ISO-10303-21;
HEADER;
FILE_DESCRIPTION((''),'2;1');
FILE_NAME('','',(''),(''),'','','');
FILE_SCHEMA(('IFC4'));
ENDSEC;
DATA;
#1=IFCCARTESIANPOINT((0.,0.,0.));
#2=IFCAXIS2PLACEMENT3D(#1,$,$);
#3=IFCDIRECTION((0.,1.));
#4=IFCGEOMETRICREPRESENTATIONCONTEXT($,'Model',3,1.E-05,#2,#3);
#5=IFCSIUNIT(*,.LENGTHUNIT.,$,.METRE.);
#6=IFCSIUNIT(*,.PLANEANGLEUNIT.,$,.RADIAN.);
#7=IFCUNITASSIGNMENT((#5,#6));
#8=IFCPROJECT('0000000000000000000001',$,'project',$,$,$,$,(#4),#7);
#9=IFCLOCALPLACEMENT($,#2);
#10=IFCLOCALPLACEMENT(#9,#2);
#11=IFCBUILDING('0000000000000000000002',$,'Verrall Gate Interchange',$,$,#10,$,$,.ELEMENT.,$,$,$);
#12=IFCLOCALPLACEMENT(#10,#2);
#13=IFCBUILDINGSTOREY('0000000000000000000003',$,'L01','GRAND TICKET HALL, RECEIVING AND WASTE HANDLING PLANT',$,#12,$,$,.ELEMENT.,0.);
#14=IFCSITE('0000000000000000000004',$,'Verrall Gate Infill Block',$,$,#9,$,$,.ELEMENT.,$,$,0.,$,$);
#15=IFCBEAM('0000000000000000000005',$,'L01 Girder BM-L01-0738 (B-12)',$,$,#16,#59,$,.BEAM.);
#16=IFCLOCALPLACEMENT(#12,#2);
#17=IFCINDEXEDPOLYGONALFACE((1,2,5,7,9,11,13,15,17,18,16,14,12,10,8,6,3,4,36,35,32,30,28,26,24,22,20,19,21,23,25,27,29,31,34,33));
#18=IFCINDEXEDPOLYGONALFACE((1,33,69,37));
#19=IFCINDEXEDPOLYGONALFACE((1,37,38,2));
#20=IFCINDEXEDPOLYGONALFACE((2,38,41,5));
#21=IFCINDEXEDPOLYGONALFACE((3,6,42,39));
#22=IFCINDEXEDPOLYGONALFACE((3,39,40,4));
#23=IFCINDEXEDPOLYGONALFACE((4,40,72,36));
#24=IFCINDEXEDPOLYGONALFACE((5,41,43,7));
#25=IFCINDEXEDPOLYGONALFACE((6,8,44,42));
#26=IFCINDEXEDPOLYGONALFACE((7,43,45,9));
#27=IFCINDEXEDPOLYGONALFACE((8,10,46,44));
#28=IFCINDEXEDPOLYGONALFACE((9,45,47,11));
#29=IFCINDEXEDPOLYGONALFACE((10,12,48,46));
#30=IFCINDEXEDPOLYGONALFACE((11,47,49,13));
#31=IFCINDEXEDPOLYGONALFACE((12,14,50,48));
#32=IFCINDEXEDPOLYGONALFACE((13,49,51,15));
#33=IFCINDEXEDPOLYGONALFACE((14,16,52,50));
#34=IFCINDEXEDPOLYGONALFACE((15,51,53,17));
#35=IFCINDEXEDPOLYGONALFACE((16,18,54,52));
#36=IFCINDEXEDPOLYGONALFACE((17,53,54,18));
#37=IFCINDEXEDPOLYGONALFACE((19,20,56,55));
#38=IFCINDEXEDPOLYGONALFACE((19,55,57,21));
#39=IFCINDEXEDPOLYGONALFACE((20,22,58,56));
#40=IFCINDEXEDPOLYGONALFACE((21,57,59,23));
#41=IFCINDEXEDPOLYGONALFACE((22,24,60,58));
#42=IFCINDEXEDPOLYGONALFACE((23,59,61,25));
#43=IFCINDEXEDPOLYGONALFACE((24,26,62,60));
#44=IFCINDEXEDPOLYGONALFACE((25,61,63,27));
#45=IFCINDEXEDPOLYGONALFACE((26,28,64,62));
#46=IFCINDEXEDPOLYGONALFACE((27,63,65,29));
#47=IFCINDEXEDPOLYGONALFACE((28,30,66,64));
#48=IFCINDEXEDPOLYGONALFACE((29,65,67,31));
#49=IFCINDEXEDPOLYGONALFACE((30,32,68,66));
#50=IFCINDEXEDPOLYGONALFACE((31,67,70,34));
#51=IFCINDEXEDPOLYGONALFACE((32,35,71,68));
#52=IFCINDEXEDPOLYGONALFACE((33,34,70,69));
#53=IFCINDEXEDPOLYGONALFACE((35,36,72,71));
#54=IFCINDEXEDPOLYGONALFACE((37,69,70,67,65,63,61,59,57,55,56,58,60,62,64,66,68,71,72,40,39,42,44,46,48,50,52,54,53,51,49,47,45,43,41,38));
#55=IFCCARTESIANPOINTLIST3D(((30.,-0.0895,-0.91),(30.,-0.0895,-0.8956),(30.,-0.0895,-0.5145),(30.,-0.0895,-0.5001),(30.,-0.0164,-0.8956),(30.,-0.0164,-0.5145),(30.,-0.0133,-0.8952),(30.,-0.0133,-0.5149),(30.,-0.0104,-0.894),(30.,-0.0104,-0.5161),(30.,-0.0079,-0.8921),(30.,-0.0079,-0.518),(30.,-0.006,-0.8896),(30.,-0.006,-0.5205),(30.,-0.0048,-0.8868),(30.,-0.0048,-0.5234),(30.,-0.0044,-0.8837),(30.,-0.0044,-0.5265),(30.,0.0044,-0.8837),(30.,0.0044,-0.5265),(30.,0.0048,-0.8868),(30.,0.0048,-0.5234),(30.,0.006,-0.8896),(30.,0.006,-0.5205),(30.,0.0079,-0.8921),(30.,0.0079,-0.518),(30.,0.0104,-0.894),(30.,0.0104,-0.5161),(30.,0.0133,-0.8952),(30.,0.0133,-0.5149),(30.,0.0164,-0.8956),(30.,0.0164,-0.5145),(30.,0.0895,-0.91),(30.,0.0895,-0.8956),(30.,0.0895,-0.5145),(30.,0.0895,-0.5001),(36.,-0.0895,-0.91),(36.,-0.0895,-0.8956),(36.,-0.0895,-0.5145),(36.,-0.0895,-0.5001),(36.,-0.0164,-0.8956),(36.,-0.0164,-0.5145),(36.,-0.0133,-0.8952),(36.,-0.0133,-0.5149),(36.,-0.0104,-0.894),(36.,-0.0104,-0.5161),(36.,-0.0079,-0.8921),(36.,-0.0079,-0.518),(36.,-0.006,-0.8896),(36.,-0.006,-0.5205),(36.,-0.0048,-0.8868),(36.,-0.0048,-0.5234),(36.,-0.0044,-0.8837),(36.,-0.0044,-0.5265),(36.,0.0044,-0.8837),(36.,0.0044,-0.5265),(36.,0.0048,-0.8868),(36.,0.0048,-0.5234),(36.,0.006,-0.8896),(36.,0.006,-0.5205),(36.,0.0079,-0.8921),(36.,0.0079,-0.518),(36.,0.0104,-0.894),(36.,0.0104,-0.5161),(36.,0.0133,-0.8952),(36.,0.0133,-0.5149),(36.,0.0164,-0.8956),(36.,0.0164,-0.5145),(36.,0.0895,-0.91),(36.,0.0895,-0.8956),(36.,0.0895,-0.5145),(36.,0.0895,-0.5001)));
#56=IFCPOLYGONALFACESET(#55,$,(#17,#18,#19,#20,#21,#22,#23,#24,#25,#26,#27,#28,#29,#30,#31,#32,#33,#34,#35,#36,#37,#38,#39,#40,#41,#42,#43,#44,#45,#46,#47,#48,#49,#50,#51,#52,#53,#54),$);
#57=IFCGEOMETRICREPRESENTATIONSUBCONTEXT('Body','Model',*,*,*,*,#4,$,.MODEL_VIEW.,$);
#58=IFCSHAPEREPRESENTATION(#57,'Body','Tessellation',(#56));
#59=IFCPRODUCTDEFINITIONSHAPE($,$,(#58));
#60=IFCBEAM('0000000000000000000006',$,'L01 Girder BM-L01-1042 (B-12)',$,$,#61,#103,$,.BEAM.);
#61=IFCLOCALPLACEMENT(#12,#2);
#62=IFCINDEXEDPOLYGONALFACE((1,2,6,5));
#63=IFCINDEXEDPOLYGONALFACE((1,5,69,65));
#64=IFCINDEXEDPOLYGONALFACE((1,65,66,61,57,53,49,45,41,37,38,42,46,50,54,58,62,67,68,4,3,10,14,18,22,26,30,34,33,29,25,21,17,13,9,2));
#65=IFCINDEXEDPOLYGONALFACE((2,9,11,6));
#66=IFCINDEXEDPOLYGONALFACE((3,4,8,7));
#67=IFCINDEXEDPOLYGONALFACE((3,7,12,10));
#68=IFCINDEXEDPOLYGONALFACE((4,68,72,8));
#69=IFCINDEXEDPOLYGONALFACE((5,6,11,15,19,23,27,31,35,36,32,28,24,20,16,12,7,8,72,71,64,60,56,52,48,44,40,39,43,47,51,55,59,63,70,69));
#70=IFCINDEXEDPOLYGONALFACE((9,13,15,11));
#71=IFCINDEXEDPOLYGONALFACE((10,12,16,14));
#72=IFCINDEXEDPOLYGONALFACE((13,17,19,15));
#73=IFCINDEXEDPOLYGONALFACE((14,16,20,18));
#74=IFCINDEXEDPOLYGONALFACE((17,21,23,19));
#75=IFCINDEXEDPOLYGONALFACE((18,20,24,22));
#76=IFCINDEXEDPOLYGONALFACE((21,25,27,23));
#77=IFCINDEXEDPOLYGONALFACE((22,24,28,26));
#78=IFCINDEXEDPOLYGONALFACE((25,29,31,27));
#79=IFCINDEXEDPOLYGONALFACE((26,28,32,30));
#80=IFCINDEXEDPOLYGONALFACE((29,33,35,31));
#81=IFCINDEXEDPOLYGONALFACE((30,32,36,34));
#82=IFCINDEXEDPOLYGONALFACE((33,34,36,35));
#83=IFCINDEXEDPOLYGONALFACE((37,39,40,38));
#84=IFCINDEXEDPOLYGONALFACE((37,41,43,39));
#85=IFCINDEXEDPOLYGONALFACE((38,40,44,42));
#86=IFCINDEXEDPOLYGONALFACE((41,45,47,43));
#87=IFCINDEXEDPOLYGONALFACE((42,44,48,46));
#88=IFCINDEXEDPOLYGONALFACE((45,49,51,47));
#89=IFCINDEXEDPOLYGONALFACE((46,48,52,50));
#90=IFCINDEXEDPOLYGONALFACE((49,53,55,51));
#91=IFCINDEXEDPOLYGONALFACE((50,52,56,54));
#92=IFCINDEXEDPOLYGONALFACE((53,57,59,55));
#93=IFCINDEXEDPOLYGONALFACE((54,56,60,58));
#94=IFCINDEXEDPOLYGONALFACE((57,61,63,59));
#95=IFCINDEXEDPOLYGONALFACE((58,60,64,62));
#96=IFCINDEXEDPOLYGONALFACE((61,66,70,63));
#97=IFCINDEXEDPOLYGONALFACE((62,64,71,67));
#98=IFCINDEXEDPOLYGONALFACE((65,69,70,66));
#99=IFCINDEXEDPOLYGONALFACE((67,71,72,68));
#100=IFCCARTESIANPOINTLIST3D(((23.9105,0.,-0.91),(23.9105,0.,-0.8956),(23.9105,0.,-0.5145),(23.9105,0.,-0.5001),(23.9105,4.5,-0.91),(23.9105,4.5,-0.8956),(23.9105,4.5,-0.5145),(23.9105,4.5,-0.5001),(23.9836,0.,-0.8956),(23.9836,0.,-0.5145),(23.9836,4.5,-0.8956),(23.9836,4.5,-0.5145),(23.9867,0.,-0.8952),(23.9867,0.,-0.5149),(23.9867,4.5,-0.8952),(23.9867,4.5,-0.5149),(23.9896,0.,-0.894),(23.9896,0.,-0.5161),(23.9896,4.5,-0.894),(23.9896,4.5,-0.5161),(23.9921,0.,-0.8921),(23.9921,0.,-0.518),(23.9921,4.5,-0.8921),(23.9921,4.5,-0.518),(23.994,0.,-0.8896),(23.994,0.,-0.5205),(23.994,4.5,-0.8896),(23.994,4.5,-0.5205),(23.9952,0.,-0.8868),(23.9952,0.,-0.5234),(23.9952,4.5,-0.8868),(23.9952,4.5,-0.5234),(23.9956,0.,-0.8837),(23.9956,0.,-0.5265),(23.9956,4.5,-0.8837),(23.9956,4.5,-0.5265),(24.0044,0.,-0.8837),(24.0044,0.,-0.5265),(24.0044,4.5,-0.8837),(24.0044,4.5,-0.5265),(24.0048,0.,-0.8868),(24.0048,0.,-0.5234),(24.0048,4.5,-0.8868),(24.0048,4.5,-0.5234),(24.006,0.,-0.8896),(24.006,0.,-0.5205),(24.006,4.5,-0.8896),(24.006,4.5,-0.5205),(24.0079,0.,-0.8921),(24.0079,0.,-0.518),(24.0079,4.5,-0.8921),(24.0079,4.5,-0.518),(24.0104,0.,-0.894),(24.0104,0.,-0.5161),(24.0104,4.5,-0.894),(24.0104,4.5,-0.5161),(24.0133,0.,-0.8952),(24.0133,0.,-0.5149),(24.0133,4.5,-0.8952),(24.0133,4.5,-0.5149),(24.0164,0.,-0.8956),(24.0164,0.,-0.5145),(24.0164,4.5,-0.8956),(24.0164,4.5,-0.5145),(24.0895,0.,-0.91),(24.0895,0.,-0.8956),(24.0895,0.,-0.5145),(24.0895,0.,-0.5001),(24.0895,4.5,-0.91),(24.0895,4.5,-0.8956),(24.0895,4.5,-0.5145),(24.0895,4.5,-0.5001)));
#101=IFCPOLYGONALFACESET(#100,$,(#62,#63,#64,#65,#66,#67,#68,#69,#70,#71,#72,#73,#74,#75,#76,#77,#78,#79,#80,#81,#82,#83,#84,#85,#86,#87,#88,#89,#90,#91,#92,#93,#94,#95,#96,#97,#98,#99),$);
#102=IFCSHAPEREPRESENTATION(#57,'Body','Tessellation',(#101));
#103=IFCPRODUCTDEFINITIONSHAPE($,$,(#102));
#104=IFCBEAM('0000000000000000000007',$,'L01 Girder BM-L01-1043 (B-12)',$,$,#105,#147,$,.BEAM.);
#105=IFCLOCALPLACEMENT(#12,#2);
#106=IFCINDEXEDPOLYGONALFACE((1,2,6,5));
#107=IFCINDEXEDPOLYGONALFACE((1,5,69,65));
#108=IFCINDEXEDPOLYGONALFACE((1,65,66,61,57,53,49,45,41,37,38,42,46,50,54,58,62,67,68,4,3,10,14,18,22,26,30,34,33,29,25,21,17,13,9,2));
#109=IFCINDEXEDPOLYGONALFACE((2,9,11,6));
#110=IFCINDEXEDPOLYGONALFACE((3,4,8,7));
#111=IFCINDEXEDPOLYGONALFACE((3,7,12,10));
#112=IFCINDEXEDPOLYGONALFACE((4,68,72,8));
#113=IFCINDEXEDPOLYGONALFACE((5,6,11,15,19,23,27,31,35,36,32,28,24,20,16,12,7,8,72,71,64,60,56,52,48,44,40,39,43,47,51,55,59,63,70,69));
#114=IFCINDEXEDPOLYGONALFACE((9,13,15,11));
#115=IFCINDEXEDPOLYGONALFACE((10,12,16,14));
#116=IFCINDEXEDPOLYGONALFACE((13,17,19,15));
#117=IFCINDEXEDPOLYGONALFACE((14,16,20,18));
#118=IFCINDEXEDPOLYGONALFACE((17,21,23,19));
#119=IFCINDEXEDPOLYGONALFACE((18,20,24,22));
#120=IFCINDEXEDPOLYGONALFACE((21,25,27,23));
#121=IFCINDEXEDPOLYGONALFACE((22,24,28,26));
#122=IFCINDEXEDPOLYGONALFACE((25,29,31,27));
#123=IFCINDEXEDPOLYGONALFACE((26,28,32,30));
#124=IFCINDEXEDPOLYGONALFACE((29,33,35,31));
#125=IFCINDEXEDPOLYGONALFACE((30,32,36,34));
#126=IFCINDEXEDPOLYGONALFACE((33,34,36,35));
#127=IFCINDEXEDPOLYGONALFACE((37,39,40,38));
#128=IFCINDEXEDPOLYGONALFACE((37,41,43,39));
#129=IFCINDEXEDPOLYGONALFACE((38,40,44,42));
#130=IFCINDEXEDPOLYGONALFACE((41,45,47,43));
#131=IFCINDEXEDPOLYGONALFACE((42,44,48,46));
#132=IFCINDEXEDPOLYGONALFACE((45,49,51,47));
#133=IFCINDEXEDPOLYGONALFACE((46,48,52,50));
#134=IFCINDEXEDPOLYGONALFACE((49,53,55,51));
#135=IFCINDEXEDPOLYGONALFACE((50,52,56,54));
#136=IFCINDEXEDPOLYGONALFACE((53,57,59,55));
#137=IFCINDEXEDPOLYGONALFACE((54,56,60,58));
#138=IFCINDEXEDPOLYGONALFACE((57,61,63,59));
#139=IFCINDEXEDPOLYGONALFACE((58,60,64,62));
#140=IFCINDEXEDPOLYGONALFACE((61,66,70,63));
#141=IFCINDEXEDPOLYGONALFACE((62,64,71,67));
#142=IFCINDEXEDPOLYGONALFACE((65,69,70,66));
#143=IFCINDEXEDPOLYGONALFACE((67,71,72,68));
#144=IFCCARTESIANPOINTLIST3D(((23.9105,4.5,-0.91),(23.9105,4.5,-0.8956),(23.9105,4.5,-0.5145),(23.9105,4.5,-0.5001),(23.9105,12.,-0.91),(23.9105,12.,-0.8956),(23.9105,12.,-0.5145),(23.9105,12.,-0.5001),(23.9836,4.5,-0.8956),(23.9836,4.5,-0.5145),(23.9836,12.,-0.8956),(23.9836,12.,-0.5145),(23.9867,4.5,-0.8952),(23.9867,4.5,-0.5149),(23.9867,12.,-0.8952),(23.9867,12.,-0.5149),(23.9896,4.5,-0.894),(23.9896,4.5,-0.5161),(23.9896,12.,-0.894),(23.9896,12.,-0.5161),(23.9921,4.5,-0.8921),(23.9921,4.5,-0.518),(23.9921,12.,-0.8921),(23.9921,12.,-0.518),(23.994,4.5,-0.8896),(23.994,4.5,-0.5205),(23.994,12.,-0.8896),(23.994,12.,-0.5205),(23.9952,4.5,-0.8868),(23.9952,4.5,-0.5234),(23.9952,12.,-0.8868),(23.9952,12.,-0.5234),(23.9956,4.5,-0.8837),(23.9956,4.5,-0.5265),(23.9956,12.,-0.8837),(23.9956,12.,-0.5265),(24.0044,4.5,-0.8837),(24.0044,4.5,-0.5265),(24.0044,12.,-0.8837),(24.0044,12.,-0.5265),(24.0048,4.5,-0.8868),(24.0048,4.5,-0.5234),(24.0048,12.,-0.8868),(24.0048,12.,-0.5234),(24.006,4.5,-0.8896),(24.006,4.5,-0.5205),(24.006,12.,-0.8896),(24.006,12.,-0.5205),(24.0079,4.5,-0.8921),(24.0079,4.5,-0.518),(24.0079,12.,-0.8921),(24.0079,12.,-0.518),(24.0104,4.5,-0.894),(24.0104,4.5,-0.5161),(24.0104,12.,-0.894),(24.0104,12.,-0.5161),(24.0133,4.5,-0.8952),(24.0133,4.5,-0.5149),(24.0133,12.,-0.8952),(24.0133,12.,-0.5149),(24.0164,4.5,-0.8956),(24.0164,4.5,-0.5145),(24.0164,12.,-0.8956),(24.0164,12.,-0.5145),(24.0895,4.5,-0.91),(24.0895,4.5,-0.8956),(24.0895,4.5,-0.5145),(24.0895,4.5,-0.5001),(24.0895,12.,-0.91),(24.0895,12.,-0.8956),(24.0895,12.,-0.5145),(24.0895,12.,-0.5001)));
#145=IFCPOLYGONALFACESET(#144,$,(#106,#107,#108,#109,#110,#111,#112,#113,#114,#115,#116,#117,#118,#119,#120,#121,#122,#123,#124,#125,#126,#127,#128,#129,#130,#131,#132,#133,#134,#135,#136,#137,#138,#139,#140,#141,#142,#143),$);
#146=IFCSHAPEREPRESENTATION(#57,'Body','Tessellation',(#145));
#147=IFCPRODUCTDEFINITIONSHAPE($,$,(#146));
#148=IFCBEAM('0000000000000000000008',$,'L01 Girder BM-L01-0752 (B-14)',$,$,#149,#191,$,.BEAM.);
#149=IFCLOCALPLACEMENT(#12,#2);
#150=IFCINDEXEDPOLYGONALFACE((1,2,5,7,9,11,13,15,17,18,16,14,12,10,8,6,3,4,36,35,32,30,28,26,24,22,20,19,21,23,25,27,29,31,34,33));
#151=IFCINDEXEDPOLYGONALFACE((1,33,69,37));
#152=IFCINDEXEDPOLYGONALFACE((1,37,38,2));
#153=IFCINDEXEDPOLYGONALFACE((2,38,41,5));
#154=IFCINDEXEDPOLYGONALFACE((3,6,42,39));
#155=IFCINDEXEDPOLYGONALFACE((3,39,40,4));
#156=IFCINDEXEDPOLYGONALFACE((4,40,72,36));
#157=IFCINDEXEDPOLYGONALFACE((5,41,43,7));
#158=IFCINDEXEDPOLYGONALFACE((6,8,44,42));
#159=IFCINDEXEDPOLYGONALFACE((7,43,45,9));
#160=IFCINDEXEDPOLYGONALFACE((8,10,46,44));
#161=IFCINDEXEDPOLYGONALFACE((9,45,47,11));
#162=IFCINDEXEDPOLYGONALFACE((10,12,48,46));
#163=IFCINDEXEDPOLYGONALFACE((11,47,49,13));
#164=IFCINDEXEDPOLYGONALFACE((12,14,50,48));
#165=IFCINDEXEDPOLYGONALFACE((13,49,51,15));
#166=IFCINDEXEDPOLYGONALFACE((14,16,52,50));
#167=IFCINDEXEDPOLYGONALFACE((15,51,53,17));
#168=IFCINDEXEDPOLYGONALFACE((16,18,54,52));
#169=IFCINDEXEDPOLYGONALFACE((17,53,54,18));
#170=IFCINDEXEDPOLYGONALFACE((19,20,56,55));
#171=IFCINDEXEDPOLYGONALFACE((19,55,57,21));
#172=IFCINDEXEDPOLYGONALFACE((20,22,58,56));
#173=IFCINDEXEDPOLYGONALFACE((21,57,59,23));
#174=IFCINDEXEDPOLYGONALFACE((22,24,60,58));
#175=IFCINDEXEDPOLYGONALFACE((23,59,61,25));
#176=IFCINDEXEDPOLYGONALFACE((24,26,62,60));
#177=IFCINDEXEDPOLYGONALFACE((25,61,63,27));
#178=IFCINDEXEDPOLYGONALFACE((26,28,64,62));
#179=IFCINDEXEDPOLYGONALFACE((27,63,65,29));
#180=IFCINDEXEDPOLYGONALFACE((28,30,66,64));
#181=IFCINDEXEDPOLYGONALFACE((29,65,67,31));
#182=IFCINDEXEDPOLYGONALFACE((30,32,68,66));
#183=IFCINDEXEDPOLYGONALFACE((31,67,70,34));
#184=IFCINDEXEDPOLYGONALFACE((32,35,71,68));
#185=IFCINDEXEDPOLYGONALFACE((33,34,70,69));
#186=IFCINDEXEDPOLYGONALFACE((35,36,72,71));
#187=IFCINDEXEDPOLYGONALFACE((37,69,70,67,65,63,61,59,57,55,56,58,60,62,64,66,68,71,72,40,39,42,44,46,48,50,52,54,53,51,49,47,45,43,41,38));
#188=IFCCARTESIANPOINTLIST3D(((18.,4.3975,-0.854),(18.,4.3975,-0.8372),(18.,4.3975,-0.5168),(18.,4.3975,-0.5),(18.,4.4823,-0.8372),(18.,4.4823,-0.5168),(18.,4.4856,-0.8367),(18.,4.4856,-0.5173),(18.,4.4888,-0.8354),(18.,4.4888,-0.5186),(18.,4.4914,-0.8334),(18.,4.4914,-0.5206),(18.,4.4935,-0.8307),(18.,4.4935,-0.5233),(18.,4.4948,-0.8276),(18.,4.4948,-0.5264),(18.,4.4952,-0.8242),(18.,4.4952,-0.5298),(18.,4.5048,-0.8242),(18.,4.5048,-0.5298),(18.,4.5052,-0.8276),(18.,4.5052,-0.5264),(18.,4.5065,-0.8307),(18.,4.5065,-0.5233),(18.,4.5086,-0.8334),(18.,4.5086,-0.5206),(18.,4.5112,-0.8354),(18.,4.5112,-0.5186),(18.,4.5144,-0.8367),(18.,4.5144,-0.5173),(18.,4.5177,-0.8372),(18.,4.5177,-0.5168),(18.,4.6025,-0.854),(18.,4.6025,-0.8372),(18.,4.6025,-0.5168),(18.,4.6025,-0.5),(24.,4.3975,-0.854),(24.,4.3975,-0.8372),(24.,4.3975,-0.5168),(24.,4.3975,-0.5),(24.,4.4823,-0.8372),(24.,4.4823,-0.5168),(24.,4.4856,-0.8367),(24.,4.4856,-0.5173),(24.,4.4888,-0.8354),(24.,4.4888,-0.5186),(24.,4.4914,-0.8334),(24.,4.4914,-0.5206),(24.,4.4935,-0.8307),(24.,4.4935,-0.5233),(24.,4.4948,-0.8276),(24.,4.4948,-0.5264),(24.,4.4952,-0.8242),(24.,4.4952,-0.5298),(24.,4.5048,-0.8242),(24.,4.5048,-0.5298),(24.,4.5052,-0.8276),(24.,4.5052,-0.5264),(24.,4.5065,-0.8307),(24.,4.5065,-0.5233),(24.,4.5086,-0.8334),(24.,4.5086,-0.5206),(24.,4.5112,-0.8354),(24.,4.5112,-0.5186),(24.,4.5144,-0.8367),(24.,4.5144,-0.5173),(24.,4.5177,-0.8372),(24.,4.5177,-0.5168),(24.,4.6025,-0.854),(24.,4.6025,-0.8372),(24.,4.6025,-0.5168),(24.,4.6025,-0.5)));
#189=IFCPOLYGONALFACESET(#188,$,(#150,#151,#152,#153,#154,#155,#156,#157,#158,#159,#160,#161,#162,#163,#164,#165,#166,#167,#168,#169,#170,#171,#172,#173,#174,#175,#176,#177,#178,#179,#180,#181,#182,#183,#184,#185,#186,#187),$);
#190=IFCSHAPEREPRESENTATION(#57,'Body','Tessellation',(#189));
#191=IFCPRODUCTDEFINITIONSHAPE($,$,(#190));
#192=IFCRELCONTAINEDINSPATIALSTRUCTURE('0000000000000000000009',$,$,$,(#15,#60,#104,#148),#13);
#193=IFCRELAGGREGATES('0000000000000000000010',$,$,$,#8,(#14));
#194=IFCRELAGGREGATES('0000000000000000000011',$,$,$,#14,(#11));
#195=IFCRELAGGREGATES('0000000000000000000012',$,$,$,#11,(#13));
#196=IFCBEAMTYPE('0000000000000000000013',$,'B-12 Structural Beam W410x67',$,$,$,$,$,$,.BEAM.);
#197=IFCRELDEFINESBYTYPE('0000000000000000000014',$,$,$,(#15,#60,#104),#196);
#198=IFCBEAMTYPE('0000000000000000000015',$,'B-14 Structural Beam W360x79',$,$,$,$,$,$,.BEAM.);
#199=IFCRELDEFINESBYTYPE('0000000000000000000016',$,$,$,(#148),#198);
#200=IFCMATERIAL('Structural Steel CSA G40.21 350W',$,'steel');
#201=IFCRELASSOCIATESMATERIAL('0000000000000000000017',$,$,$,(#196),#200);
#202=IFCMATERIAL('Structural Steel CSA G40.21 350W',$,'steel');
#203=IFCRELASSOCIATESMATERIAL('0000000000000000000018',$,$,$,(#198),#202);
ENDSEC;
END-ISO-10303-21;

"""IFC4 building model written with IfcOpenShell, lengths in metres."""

from ifc_helpers import new_model, si_unit, direction, frame, origin, origin_2d, place, context, subcontext, project, spatial, i_section, extrude, material, material_profile, profile_set, type_object, element, save


model = new_model("IFC4")

# Units and contexts
model_context = context("Model", 3, precision=1e-05, world=origin(), true_north=direction((0.0, 1.0)))
body_context = subcontext(model_context, "Body", "Model", "MODEL_VIEW")
ifc_project = project(units=[si_unit("LENGTHUNIT", "METRE"), si_unit("PLANEANGLEUNIT", "RADIAN")], contexts=[model_context])

# Site, building, storey
site_placement = place(None, origin())
site = spatial("IfcSite", under=ifc_project, at=site_placement, Name="Verrall Gate Infill Block", CompositionType="ELEMENT", RefElevation=0.0)
building_placement = place(site_placement, origin())
building = spatial("IfcBuilding", under=site, at=building_placement, Name="Verrall Gate Interchange", CompositionType="ELEMENT")
storey_placement = place(building_placement, origin())
storey = spatial("IfcBuildingStorey", under=building, at=storey_placement, Name="L01", Description="GRAND TICKET HALL, RECEIVING AND WASTE HANDLING PLANT", CompositionType="ELEMENT", Elevation=0.0)

# Beams
ifc_material_1 = material(Name="Structural Steel CSA G40.21 350W", Category="steel")
ifc_material_profile_1 = material_profile(ifc_material_1, i_section(OverallWidth=0.179, OverallDepth=0.4099, WebThickness=0.0088, FlangeThickness=0.0144, FilletRadius=0.012, at=origin_2d()), Name="W410x67")
ifc_profile_set_1 = profile_set([ifc_material_profile_1], Name="Structural Steel CSA G40.21 350W")
beam_type_1 = type_object("IfcBeamType", Name="B-12 Structural Beam W410x67", PredefinedType="BEAM", material=ifc_profile_set_1)
for number, where, z_axis, x_axis, name in (
    (1, (30.0, 0.0, -0.7051), (1.0, 0.0, 0.0), (0.0, 1.0, 0.0), "L01 Girder BM-L01-0738 (B-12)"),
):
    element("IfcBeam", number, at=place(storey_placement, frame(where, z_axis=z_axis, x_axis=x_axis)), inside=storey, type_object=beam_type_1, Name=name, PredefinedType="BEAM", context=body_context, shape_type="SweptSolid", body=[
        extrude(i_section(OverallWidth=0.179, OverallDepth=0.4099, WebThickness=0.0088, FlangeThickness=0.0144, FilletRadius=0.012, at=origin_2d()), origin(), (0.0, 0.0, 1.0), 6.0),
    ])
beam_1_placement = place(storey_placement, frame((24.0, 0.0, -0.7051), z_axis=(0.0, 1.0, 0.0), x_axis=(-1.0, 0.0, 0.0)))
element("IfcBeam", 2, at=beam_1_placement, inside=storey, type_object=beam_type_1, Name="L01 Girder BM-L01-1042 (B-12)", PredefinedType="BEAM", context=body_context, shape_type="SweptSolid", body=[
    extrude(i_section(OverallWidth=0.179, OverallDepth=0.4099, WebThickness=0.0088, FlangeThickness=0.0144, FilletRadius=0.012, at=origin_2d()), origin(), (0.0, 0.0, 1.0), 4.5),
])
beam_2_placement = place(storey_placement, frame((24.0, 4.5, -0.7051), z_axis=(0.0, 1.0, 0.0), x_axis=(-1.0, 0.0, 0.0)))
element("IfcBeam", 3, at=beam_2_placement, inside=storey, type_object=beam_type_1, Name="L01 Girder BM-L01-1043 (B-12)", PredefinedType="BEAM", context=body_context, shape_type="SweptSolid", body=[
    extrude(i_section(OverallWidth=0.179, OverallDepth=0.4099, WebThickness=0.0088, FlangeThickness=0.0144, FilletRadius=0.012, at=origin_2d()), origin(), (0.0, 0.0, 1.0), 7.5),
])
ifc_material_2 = material(Name="Structural Steel CSA G40.21 350W", Category="steel")
ifc_material_profile_2 = material_profile(ifc_material_2, i_section(OverallWidth=0.2051, OverallDepth=0.354, WebThickness=0.0095, FlangeThickness=0.0168, FilletRadius=0.0129, at=origin_2d()), Name="W360x79")
ifc_profile_set_2 = profile_set([ifc_material_profile_2], Name="Structural Steel CSA G40.21 350W")
beam_type_2 = type_object("IfcBeamType", Name="B-14 Structural Beam W360x79", PredefinedType="BEAM", material=ifc_profile_set_2)
beam_3_placement = place(storey_placement, frame((18.0, 4.5, -0.677), z_axis=(1.0, 0.0, 0.0), x_axis=(0.0, 1.0, 0.0)))
element("IfcBeam", 4, at=beam_3_placement, inside=storey, type_object=beam_type_2, Name="L01 Girder BM-L01-0752 (B-14)", PredefinedType="BEAM", context=body_context, shape_type="SweptSolid", body=[
    extrude(i_section(OverallWidth=0.2051, OverallDepth=0.354, WebThickness=0.0095, FlangeThickness=0.0168, FilletRadius=0.0129, at=origin_2d()), origin(), (0.0, 0.0, 1.0), 6.0),
])

save(model, "model.ifc")
